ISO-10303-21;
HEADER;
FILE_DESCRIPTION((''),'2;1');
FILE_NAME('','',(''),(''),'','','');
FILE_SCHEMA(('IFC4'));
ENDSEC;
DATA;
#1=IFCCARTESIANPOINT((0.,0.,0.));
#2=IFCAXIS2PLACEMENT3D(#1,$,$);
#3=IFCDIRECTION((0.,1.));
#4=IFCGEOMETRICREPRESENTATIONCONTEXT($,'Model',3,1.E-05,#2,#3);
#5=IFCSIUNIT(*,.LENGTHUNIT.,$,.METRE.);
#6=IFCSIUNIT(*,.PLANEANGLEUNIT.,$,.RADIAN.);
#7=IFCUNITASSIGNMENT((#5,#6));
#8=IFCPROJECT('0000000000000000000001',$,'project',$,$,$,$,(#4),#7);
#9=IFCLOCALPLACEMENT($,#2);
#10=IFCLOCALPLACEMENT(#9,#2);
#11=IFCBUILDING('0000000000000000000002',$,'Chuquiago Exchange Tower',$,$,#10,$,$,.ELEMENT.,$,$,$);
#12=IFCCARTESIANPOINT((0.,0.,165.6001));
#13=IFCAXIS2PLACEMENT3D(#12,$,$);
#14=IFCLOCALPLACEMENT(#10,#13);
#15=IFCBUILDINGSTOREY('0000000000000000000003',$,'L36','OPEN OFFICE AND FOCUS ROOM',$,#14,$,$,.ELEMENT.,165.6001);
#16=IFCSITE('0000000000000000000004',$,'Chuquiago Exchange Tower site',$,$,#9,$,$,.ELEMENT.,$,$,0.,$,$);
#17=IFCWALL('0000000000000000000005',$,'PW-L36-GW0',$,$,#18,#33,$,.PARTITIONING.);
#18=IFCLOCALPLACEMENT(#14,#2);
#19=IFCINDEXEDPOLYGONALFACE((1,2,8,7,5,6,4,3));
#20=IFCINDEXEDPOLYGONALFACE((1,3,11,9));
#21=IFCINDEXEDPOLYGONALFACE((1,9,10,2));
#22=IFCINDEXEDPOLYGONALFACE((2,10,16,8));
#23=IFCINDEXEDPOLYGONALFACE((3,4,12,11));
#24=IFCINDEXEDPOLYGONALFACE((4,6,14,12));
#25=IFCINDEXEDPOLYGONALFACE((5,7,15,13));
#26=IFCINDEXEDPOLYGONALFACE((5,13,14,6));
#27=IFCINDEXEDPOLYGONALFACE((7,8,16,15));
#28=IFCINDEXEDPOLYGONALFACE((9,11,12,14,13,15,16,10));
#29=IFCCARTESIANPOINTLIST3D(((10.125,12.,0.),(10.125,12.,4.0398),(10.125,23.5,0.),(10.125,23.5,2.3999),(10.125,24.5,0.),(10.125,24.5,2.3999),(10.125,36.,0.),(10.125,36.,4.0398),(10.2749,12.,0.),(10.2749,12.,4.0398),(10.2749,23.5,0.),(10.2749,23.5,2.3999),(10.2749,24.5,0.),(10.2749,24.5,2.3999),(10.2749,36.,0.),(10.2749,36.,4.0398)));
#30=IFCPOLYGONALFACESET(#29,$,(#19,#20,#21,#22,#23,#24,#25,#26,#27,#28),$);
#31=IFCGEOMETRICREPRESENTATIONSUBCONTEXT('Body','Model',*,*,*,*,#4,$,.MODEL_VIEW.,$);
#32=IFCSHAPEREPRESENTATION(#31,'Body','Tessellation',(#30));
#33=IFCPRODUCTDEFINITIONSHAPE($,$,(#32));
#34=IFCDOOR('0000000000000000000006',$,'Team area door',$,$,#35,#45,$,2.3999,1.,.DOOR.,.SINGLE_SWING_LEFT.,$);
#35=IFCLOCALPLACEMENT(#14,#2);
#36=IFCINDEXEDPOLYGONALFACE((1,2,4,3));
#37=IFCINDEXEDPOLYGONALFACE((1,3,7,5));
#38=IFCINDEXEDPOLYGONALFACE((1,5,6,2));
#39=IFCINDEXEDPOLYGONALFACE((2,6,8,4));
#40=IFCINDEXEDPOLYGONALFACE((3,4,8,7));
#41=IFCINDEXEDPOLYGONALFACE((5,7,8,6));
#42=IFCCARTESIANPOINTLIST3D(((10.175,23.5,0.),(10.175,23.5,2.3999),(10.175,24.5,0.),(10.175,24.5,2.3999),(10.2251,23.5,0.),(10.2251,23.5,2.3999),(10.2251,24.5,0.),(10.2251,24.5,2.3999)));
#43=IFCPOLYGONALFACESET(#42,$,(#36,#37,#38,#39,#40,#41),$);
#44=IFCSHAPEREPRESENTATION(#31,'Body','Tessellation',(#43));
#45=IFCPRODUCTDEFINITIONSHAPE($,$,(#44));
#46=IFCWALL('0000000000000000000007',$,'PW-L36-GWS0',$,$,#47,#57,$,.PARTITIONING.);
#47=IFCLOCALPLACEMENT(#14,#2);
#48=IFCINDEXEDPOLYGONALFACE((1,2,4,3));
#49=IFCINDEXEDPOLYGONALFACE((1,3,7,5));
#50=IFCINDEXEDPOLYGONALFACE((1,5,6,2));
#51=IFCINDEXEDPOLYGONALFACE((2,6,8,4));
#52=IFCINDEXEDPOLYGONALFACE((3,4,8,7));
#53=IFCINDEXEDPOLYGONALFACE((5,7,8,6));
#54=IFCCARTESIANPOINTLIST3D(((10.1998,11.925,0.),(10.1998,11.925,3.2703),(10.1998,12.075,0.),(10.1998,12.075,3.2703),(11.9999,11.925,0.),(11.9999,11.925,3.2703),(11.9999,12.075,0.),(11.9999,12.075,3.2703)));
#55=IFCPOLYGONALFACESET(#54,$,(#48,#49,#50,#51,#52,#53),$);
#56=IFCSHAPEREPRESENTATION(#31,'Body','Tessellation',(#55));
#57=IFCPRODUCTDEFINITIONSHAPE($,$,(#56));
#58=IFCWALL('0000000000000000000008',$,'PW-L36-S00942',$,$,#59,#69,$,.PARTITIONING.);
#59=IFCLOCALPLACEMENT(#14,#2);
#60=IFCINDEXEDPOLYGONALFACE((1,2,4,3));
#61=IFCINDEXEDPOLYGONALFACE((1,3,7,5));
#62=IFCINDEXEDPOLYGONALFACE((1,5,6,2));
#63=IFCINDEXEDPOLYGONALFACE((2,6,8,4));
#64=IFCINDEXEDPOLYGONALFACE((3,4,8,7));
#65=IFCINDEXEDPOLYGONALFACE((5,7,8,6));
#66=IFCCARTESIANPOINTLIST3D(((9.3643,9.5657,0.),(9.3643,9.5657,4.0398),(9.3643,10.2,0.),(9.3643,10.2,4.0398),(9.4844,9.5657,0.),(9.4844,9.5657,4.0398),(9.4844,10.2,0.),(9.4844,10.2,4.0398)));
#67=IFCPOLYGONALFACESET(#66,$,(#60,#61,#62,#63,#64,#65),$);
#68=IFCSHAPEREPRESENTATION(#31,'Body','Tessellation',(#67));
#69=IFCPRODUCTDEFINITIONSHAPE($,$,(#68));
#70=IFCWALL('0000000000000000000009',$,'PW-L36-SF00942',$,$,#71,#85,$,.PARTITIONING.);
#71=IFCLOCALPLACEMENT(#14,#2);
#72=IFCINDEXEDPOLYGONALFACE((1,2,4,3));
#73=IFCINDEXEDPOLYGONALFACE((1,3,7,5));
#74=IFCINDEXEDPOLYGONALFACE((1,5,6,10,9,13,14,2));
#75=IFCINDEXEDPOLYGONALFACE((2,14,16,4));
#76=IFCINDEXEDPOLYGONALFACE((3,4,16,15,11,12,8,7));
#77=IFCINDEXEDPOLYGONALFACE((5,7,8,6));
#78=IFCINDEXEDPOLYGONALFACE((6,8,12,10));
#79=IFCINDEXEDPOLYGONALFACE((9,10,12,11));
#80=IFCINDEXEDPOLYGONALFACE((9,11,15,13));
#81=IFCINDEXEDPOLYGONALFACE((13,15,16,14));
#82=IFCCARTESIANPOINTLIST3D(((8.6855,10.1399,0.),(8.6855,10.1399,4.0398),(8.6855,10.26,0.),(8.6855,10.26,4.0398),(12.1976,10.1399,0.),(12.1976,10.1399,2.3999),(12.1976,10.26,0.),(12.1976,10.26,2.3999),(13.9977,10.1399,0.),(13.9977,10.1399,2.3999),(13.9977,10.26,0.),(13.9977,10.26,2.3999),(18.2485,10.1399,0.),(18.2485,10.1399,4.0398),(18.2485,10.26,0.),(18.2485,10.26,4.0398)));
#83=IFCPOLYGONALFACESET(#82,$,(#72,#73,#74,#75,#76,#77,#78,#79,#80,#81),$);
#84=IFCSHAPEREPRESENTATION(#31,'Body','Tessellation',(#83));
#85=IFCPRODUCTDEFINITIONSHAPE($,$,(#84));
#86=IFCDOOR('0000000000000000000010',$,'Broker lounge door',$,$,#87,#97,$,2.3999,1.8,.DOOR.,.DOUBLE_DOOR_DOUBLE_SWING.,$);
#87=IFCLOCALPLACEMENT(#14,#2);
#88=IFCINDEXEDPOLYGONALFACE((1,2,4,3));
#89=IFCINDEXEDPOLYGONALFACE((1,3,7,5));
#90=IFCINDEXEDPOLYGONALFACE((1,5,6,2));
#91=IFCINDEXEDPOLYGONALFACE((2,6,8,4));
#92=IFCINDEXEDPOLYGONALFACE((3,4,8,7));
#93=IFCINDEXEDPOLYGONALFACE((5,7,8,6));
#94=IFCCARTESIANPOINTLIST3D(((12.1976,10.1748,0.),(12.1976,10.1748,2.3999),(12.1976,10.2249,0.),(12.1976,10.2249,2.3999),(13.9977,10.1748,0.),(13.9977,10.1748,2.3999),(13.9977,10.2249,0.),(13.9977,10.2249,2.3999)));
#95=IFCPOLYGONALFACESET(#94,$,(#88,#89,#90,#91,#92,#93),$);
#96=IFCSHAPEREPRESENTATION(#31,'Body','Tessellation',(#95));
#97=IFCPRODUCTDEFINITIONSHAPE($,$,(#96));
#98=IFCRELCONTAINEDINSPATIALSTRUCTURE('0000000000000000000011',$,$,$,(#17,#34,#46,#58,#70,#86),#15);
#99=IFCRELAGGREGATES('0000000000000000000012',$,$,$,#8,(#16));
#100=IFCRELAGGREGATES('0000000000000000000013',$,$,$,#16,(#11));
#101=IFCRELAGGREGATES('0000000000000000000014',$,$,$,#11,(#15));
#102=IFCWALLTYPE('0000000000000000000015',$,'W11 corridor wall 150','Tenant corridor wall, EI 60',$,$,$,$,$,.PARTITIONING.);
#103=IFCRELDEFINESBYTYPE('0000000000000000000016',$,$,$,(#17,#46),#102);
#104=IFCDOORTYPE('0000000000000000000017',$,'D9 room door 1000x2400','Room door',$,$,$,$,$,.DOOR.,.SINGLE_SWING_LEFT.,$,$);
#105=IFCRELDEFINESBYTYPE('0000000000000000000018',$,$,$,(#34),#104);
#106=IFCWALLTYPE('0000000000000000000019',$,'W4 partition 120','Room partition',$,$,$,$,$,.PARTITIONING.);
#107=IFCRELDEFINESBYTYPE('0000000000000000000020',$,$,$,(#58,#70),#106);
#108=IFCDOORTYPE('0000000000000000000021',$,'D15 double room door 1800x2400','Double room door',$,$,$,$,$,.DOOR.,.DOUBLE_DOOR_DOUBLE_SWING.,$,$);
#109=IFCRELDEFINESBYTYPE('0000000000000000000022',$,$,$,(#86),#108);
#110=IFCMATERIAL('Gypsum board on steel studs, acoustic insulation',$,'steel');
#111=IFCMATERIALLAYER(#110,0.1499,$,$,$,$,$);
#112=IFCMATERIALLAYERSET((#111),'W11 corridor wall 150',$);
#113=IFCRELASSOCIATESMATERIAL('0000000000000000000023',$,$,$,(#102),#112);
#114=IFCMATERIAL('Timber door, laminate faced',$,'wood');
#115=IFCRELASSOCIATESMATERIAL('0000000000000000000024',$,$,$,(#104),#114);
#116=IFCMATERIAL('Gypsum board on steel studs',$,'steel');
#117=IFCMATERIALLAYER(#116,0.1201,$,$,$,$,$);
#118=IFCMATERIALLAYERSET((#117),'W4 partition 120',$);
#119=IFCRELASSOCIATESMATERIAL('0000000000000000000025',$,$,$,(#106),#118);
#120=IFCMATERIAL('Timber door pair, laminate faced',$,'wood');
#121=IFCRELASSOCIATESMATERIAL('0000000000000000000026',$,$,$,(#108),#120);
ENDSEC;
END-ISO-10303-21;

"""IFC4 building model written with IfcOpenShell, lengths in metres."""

from ifc_helpers import new_model, si_unit, direction, frame, frame_2d, origin, place, context, subcontext, project, spatial, rectangle, extrude, material, layer, layer_set, type_object, element, fill, save


model = new_model("IFC4")

# Units and contexts
model_context = context("Model", 3, precision=1e-05, world=origin(), true_north=direction((0.0, 1.0)))
body_context = subcontext(model_context, "Body", "Model", "MODEL_VIEW")
ifc_project = project(units=[si_unit("LENGTHUNIT", "METRE"), si_unit("PLANEANGLEUNIT", "RADIAN")], contexts=[model_context])

# Site, building, storey
site_placement = place(None, origin())
site = spatial("IfcSite", under=ifc_project, at=site_placement, Name="Chuquiago Exchange Tower site", CompositionType="ELEMENT", RefElevation=0.0)
building_placement = place(site_placement, origin())
building = spatial("IfcBuilding", under=site, at=building_placement, Name="Chuquiago Exchange Tower", CompositionType="ELEMENT")
storey_placement = place(building_placement, frame((0.0, 0.0, 165.6001)))
storey = spatial("IfcBuildingStorey", under=building, at=storey_placement, Name="L36", Description="OPEN OFFICE AND FOCUS ROOM", CompositionType="ELEMENT", Elevation=165.6001)

# Wall, opening, door
ifc_material_1 = material(Name="Gypsum board on steel studs, acoustic insulation", Category="steel")
ifc_layer_1 = layer(ifc_material_1, 0.1499)
ifc_layer_set_1 = layer_set([ifc_layer_1], Name="W11 corridor wall 150")
wall_type_1 = type_object("IfcWallType", Name="W11 corridor wall 150", Description="Tenant corridor wall, EI 60", PredefinedType="PARTITIONING", material=ifc_layer_set_1)
wall_1_placement = place(storey_placement, frame((10.2, 12.0, 0.0), z_axis=(0.0, 0.0, 1.0), x_axis=(0.0, 1.0, 0.0)))
wall_1 = element("IfcWall", 1, at=wall_1_placement, inside=storey, type_object=wall_type_1, Name="PW-L36-GW0", PredefinedType="PARTITIONING", context=body_context, shape_type="SweptSolid", body=[
    extrude(rectangle(XDim=24.0, YDim=0.1499, at=frame_2d((12.0, 0.0))), origin(), (0.0, 0.0, 1.0), 4.0398),
])
opening_1_placement = place(wall_1_placement, frame((11.5, 0.0, 0.0)))
opening_1 = element("IfcOpeningElement", 2, at=opening_1_placement, cuts=wall_1, PredefinedType="OPENING", context=body_context, shape_type="SweptSolid", body=[
    extrude(rectangle(XDim=1.0, YDim=2.3999, at=frame_2d((0.5, 1.2))), frame((0.0, 0.085, 0.0), z_axis=(0.0, -1.0, 0.0), x_axis=(1.0, 0.0, 0.0)), (0.0, 0.0, 1.0), 0.1699),
])
ifc_material_2 = material(Name="Timber door, laminate faced", Category="wood")
door_type_1 = type_object("IfcDoorType", Name="D9 room door 1000x2400", Description="Room door", OperationType="SINGLE_SWING_LEFT", PredefinedType="DOOR", material=ifc_material_2)
door_1_placement = place(opening_1_placement, origin())
door_1 = element("IfcDoor", 3, at=door_1_placement, inside=storey, type_object=door_type_1, Name="Team area door", OperationType="SINGLE_SWING_LEFT", OverallHeight=2.3999, OverallWidth=1.0, PredefinedType="DOOR", context=body_context, shape_type="SweptSolid", body=[
    extrude(rectangle(XDim=1.0, YDim=2.3999, at=frame_2d((0.5, 1.2))), frame((0.0, 0.0249, 0.0), z_axis=(0.0, -1.0, 0.0), x_axis=(1.0, 0.0, 0.0)), (0.0, 0.0, 1.0), 0.05),
])
fill(opening_1, door_1)

# Walls
wall_2_placement = place(storey_placement, frame((10.2, 12.0, 0.0), z_axis=(0.0, 0.0, 1.0), x_axis=(1.0, 0.0, 0.0)))
element("IfcWall", 4, at=wall_2_placement, inside=storey, type_object=wall_type_1, Name="PW-L36-GWS0", PredefinedType="PARTITIONING", context=body_context, shape_type="SweptSolid", body=[
    extrude(rectangle(XDim=1.8, YDim=0.1499, at=frame_2d((0.8999, 0.0))), origin(), (0.0, 0.0, 1.0), 3.2703),
])
ifc_material_3 = material(Name="Gypsum board on steel studs", Category="steel")
ifc_layer_2 = layer(ifc_material_3, 0.1201)
ifc_layer_set_2 = layer_set([ifc_layer_2], Name="W4 partition 120")
wall_type_2 = type_object("IfcWallType", Name="W4 partition 120", Description="Room partition", PredefinedType="PARTITIONING", material=ifc_layer_set_2)
wall_3_placement = place(storey_placement, frame((9.4243, 9.5657, 0.0), z_axis=(0.0, 0.0, 1.0), x_axis=(0.0, 1.0, 0.0)))
element("IfcWall", 5, at=wall_3_placement, inside=storey, type_object=wall_type_2, Name="PW-L36-S00942", PredefinedType="PARTITIONING", context=body_context, shape_type="SweptSolid", body=[
    extrude(rectangle(XDim=0.6343, YDim=0.1201, at=frame_2d((0.3171, 0.0))), origin(), (0.0, 0.0, 1.0), 4.0398),
])

# Wall, opening, door
wall_4_placement = place(storey_placement, frame((8.6855, 10.2, 0.0), z_axis=(0.0, 0.0, 1.0), x_axis=(1.0, 0.0, 0.0)))
wall_4 = element("IfcWall", 6, at=wall_4_placement, inside=storey, type_object=wall_type_2, Name="PW-L36-SF00942", PredefinedType="PARTITIONING", context=body_context, shape_type="SweptSolid", body=[
    extrude(rectangle(XDim=9.563, YDim=0.1201, at=frame_2d((4.7815, 0.0))), origin(), (0.0, 0.0, 1.0), 4.0398),
])
opening_2_placement = place(wall_4_placement, frame((3.5122, 0.0, 0.0)))
opening_2 = element("IfcOpeningElement", 7, at=opening_2_placement, cuts=wall_4, PredefinedType="OPENING", context=body_context, shape_type="SweptSolid", body=[
    extrude(rectangle(XDim=1.8, YDim=2.3999, at=frame_2d((0.8999, 1.2))), frame((0.0, 0.0701, 0.0), z_axis=(0.0, -1.0, 0.0), x_axis=(1.0, 0.0, 0.0)), (0.0, 0.0, 1.0), 0.1401),
])
ifc_material_4 = material(Name="Timber door pair, laminate faced", Category="wood")
door_type_2 = type_object("IfcDoorType", Name="D15 double room door 1800x2400", Description="Double room door", OperationType="DOUBLE_DOOR_DOUBLE_SWING", PredefinedType="DOOR", material=ifc_material_4)
door_2_placement = place(opening_2_placement, origin())
door_2 = element("IfcDoor", 8, at=door_2_placement, inside=storey, type_object=door_type_2, Name="Broker lounge door", OperationType="DOUBLE_DOOR_DOUBLE_SWING", OverallHeight=2.3999, OverallWidth=1.8, PredefinedType="DOOR", context=body_context, shape_type="SweptSolid", body=[
    extrude(rectangle(XDim=1.8, YDim=2.3999, at=frame_2d((0.8999, 1.2))), frame((0.0, 0.0249, 0.0), z_axis=(0.0, -1.0, 0.0), x_axis=(1.0, 0.0, 0.0)), (0.0, 0.0, 1.0), 0.05),
])
fill(opening_2, door_2)

save(model, "model.ifc")
